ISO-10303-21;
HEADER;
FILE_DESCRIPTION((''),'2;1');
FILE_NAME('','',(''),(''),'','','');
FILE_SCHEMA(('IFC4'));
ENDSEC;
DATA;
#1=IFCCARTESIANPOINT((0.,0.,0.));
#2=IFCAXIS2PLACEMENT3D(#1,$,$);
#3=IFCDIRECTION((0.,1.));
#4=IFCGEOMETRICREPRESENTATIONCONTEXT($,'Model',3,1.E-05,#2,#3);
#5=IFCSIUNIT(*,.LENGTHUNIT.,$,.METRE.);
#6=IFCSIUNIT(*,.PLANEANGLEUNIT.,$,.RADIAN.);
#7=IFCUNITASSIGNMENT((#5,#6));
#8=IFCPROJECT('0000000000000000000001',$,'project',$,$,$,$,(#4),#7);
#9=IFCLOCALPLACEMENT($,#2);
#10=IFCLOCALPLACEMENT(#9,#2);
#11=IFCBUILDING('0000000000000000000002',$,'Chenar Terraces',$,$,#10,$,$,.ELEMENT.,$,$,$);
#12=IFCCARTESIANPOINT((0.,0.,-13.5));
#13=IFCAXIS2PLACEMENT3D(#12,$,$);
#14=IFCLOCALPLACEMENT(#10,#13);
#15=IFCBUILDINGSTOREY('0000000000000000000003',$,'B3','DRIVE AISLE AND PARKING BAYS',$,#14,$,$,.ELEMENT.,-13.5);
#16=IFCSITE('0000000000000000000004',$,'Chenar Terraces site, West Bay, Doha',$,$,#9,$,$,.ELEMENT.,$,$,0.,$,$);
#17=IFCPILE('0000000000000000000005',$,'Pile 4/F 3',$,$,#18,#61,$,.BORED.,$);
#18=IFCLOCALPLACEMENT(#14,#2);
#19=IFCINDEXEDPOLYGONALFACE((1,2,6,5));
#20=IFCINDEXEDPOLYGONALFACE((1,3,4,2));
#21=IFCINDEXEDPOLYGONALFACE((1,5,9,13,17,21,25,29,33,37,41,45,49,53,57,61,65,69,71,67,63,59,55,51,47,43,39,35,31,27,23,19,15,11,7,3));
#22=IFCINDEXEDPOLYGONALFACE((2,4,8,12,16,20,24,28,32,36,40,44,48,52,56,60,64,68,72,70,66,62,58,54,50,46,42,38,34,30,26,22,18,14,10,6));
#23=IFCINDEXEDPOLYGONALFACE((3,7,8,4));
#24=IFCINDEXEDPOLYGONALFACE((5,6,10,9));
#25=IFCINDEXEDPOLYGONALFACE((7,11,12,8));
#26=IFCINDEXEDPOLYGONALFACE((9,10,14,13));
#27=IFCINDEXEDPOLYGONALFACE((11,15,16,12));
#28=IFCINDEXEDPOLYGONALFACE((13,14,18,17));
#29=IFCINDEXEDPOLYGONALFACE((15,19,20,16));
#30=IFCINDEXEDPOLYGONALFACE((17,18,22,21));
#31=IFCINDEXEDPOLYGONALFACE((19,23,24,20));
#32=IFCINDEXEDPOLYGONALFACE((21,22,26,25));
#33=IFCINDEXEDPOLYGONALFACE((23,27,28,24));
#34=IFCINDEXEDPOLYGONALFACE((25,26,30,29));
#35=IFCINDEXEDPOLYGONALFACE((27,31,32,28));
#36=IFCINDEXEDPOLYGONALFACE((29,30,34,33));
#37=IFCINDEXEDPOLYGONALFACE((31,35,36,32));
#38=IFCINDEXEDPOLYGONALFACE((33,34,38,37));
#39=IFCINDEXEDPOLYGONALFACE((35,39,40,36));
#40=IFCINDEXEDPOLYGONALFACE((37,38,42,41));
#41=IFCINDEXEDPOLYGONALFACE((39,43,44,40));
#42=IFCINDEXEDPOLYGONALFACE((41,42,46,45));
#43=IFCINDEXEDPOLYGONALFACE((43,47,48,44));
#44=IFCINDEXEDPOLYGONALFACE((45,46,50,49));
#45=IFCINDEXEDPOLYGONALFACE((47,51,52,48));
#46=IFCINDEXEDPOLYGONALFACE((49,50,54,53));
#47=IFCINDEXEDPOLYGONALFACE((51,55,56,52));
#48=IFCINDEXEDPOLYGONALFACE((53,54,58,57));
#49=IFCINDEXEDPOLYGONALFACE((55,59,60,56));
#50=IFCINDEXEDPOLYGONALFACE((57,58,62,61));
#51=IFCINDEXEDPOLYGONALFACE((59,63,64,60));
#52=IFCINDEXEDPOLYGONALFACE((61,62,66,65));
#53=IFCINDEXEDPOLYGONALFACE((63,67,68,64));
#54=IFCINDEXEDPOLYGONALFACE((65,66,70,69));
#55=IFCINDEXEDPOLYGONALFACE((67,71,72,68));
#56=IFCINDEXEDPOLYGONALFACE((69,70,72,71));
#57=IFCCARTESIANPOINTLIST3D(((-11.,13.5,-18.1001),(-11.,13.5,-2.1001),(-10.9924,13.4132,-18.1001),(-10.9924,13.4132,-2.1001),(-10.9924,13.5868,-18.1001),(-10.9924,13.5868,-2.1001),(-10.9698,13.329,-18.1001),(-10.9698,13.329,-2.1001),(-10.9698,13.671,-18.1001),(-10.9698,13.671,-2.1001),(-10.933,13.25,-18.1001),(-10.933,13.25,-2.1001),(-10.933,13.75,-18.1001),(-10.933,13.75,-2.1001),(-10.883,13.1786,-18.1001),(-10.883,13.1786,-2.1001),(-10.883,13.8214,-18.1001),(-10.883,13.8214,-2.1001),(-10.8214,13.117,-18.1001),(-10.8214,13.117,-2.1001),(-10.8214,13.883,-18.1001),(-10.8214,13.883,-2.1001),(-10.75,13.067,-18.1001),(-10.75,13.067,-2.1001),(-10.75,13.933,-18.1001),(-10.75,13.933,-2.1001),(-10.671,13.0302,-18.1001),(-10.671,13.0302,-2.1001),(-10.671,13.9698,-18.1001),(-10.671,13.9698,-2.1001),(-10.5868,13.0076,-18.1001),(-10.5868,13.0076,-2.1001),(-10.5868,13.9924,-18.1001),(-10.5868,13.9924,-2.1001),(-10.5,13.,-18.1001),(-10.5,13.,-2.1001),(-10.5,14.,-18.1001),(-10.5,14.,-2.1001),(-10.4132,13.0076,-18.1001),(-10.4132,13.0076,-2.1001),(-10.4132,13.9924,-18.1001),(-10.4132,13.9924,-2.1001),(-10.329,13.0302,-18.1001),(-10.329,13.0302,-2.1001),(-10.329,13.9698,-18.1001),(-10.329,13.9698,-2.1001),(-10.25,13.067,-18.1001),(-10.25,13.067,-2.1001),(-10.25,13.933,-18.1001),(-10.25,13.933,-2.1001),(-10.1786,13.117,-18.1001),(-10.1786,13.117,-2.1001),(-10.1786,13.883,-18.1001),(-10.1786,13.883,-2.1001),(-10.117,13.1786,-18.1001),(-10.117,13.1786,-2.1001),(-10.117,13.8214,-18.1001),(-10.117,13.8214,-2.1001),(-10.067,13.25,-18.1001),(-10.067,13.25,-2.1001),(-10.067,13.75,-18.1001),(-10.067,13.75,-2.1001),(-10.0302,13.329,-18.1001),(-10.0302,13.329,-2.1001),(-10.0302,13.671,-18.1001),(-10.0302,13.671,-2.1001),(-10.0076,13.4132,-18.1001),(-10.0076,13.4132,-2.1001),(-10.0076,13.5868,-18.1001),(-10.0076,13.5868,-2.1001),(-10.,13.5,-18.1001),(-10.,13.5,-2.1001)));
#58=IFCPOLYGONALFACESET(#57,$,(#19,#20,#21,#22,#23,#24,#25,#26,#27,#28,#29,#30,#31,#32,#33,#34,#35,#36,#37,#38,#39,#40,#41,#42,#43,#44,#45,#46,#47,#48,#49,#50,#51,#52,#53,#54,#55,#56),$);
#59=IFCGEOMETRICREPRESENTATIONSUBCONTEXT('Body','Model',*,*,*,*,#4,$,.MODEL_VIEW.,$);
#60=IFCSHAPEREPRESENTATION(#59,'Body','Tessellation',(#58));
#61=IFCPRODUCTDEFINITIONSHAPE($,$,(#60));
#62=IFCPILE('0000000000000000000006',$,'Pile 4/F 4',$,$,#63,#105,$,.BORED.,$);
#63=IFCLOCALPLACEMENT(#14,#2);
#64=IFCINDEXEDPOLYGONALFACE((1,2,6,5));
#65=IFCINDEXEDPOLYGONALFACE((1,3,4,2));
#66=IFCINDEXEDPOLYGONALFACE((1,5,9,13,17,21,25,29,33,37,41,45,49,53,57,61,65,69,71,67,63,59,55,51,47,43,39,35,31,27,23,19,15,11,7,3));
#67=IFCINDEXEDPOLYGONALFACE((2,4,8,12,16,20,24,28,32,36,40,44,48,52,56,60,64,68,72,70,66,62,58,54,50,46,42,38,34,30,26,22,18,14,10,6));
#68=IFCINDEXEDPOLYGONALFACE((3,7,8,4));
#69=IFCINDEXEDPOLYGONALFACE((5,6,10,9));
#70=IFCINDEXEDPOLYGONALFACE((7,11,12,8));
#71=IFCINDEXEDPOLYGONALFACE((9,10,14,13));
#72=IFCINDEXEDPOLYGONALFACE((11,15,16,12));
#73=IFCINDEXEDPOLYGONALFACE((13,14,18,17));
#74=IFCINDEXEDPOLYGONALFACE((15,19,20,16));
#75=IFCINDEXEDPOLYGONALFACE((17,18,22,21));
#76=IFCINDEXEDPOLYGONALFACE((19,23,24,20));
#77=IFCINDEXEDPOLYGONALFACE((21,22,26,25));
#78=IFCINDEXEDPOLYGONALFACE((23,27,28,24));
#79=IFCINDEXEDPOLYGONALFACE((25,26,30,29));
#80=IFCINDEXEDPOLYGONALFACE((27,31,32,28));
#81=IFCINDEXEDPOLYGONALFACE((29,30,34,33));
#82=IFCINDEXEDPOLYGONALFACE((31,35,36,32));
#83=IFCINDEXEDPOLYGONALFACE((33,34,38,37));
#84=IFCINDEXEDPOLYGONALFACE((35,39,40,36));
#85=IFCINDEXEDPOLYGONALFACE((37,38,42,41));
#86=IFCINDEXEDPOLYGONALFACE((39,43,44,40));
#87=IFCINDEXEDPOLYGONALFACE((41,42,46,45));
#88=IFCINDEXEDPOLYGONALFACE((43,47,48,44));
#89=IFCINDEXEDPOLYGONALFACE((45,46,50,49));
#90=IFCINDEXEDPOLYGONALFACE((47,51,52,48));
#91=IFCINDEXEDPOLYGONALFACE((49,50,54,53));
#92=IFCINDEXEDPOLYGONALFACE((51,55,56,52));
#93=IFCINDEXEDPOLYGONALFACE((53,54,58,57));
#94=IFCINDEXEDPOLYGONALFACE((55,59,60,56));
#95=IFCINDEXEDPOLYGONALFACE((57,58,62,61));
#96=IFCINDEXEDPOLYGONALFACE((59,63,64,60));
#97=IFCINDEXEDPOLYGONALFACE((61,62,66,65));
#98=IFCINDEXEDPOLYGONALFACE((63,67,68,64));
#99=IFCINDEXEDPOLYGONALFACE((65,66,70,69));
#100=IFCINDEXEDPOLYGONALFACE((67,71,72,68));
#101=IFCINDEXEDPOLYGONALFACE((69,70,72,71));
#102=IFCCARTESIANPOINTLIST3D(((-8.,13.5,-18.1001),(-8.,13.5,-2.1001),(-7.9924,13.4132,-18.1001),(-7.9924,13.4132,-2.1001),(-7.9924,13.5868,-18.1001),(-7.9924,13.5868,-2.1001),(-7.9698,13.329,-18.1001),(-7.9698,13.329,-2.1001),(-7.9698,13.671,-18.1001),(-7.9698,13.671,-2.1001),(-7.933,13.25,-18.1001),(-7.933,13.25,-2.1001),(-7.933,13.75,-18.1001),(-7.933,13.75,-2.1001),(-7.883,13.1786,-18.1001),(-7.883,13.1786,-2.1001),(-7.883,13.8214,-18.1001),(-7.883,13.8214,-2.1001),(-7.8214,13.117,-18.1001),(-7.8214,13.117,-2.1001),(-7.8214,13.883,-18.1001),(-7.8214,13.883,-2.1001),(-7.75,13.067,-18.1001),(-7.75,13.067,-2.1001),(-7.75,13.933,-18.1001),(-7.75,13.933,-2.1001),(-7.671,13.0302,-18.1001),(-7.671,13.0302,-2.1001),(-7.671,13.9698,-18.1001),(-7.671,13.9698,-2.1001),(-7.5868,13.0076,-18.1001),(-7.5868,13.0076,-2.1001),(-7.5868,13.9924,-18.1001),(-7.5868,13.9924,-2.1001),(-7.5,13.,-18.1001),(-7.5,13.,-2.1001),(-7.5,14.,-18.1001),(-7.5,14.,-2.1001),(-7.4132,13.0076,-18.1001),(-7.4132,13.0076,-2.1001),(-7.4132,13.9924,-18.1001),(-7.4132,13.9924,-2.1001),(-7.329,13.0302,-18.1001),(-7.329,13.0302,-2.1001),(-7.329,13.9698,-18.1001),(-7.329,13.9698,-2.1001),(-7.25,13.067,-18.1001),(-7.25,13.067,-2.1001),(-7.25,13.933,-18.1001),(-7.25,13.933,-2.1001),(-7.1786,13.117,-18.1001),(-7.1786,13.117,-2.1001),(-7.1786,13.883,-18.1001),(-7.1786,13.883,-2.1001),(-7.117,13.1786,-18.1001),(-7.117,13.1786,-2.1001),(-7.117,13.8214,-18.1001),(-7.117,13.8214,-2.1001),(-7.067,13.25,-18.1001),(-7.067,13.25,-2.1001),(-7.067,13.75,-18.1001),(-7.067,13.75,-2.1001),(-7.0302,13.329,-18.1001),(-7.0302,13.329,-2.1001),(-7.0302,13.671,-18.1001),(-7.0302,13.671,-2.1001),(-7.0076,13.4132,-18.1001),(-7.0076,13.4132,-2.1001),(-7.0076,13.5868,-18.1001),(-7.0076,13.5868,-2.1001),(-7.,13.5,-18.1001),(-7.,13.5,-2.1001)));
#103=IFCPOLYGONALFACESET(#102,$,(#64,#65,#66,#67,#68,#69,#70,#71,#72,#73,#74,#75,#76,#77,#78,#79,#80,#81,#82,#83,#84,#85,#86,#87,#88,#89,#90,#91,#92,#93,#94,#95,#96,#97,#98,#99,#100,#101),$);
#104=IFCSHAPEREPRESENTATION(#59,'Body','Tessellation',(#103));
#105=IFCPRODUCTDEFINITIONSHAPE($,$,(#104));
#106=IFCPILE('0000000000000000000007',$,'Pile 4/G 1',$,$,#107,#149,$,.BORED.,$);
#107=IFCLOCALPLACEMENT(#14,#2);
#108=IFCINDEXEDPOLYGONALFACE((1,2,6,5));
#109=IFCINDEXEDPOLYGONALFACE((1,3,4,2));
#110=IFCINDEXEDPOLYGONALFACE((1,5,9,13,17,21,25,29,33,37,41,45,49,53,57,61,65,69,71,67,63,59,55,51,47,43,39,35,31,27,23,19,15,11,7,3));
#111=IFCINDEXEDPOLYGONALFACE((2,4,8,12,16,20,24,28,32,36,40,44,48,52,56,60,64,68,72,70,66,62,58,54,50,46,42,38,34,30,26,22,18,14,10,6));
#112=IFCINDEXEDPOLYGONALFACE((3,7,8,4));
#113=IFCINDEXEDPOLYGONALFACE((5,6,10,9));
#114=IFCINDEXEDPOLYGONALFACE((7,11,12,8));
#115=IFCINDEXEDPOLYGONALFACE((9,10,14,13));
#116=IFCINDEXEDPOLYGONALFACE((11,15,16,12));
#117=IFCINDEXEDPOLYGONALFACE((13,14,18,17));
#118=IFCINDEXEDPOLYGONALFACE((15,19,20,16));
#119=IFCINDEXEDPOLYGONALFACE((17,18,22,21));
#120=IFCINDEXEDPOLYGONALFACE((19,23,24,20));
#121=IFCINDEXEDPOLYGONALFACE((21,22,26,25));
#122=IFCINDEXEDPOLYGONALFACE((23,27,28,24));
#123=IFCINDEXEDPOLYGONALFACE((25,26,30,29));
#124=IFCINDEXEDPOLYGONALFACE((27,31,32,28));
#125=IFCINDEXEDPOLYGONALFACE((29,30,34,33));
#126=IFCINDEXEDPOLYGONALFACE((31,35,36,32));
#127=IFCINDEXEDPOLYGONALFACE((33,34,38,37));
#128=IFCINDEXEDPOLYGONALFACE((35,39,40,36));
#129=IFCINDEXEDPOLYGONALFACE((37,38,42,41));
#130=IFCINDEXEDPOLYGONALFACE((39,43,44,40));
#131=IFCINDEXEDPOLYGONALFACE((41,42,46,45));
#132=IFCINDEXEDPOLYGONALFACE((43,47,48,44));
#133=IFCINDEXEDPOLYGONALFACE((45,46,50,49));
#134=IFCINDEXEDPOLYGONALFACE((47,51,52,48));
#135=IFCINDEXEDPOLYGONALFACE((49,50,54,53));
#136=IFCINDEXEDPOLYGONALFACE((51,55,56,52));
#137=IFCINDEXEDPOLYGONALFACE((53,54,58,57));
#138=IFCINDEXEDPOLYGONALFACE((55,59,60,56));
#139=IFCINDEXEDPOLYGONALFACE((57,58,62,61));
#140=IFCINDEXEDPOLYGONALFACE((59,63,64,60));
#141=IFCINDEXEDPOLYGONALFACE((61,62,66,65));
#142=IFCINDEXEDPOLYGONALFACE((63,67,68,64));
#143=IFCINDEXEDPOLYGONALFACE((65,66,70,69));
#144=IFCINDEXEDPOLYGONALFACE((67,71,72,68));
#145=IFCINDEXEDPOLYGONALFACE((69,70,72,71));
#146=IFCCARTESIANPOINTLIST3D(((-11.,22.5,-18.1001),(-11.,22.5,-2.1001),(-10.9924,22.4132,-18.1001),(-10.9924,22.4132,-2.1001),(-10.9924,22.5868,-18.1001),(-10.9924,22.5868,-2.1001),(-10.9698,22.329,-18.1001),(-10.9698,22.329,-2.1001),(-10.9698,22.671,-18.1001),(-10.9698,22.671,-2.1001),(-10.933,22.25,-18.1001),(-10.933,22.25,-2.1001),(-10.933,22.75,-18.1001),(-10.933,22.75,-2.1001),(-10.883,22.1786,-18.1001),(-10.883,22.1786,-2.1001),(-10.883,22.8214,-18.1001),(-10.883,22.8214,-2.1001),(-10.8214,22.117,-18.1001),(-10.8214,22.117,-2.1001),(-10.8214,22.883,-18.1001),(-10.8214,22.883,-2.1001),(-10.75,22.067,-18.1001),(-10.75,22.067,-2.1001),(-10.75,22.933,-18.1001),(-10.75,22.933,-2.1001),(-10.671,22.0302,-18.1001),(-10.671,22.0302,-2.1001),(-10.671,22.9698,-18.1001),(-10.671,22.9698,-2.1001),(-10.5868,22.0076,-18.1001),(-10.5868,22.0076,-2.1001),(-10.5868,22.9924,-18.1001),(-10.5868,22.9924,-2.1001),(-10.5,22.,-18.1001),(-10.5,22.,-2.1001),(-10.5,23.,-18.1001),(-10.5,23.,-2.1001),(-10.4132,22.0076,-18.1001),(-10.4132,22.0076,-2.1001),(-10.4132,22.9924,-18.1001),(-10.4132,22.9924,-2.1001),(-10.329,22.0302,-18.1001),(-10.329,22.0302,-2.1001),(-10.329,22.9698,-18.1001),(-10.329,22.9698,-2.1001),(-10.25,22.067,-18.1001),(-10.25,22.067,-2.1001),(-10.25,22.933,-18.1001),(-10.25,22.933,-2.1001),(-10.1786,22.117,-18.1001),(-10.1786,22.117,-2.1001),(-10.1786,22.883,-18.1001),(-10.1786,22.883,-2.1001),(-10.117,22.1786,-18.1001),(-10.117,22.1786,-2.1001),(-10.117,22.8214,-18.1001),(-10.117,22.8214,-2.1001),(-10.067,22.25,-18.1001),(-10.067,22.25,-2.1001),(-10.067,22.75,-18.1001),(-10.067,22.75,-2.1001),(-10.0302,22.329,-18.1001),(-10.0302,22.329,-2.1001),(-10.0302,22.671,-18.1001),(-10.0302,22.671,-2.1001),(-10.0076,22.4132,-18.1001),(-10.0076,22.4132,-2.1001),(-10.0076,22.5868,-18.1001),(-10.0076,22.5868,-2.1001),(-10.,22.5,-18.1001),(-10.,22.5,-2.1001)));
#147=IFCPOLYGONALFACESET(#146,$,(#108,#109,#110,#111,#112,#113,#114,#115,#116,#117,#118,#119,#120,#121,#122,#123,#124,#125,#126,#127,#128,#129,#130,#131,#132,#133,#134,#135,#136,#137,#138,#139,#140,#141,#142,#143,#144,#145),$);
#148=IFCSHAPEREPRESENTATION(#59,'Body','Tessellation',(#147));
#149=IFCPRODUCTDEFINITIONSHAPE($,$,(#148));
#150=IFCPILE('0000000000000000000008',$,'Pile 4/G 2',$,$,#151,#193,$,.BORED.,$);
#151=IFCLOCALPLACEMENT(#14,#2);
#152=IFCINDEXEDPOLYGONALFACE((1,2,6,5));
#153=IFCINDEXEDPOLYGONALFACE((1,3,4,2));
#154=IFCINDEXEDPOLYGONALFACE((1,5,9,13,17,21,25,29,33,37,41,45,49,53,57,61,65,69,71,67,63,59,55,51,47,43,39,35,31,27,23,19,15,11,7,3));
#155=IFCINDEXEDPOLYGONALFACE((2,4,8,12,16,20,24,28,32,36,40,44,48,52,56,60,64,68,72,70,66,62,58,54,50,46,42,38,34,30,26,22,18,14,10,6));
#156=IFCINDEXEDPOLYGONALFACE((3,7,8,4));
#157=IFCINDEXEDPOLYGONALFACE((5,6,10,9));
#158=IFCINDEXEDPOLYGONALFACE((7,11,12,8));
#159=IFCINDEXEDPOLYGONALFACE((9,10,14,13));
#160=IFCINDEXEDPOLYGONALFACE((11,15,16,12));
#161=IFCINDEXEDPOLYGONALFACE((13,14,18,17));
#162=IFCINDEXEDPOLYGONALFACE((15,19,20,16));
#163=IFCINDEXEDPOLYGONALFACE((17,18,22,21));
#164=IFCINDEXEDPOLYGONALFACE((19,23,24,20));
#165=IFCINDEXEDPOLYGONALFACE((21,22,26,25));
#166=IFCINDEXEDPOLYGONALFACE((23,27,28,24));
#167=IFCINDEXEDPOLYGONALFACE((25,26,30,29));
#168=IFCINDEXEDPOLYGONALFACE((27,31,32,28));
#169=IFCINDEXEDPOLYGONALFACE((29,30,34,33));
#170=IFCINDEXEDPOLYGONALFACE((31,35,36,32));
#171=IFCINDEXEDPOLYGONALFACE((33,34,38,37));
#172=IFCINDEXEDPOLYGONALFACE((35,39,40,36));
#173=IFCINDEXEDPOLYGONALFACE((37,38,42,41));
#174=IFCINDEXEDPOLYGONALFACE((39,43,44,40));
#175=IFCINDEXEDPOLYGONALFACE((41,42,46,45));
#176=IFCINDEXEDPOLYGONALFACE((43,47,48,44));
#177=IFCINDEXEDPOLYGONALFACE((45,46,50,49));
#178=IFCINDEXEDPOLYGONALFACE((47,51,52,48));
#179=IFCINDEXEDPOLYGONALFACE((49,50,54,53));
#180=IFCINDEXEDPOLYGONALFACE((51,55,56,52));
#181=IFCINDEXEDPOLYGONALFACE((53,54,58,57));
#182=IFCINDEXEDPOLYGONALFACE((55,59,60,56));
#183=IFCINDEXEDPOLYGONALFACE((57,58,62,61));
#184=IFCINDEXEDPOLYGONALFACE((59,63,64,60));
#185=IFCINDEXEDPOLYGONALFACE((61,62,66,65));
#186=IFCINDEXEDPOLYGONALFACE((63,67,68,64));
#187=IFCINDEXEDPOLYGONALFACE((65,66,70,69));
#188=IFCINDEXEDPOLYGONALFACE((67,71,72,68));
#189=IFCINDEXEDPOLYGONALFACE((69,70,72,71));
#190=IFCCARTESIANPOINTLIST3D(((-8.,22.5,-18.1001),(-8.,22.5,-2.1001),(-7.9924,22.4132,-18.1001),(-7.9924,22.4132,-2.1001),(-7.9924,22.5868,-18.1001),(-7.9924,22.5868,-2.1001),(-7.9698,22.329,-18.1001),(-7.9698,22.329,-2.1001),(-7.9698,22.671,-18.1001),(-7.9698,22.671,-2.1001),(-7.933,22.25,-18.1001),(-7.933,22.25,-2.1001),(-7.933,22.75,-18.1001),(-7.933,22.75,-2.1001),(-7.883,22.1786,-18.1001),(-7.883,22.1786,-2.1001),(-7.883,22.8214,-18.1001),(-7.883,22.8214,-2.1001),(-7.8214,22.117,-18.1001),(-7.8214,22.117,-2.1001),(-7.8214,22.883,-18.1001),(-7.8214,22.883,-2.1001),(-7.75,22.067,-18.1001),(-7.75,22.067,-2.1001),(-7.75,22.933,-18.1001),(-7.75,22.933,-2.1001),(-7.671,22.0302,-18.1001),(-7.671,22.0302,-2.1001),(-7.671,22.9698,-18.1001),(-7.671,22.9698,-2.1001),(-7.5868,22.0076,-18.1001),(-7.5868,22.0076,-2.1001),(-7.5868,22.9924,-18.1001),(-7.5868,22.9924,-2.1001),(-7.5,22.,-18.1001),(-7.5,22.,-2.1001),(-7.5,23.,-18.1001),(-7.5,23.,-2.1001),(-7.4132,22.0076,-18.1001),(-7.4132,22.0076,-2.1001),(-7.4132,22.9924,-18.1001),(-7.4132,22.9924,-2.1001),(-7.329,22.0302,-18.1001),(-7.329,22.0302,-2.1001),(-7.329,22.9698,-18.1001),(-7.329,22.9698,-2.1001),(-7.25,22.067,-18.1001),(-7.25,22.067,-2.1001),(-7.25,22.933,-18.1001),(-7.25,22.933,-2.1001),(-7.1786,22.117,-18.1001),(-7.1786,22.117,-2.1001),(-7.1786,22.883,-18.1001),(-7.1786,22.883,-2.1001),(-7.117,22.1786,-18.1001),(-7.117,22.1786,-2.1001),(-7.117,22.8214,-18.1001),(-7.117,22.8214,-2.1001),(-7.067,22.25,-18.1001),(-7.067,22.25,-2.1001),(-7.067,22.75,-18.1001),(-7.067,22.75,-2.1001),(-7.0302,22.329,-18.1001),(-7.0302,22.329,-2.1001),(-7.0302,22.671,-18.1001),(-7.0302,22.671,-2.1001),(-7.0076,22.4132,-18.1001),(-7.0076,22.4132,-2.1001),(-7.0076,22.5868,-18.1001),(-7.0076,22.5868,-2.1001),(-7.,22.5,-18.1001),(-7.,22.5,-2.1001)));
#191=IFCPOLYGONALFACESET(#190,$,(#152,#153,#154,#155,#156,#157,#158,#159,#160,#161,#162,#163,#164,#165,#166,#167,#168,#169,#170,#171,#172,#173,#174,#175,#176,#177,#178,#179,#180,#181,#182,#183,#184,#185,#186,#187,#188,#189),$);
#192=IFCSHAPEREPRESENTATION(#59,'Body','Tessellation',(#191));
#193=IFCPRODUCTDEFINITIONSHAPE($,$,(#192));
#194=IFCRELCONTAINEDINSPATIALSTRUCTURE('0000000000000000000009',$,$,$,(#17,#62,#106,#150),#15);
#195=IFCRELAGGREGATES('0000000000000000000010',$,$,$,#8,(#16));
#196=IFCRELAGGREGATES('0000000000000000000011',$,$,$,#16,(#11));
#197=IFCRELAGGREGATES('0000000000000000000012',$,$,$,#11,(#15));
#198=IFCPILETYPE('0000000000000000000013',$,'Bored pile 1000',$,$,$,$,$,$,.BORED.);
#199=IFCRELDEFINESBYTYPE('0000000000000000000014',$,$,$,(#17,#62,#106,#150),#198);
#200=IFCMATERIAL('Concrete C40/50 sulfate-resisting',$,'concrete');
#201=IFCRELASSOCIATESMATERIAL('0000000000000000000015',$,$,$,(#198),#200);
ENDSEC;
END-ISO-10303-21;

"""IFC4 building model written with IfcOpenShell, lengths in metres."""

from ifc_helpers import new_model, si_unit, direction, frame, origin, origin_2d, place, context, subcontext, project, spatial, circle, extrude, material, material_profile, profile_set, type_object, element, save


model = new_model("IFC4")

# Units and contexts
model_context = context("Model", 3, precision=1e-05, world=origin(), true_north=direction((0.0, 1.0)))
body_context = subcontext(model_context, "Body", "Model", "MODEL_VIEW")
ifc_project = project(units=[si_unit("LENGTHUNIT", "METRE"), si_unit("PLANEANGLEUNIT", "RADIAN")], contexts=[model_context])

# Site, building, storey
site_placement = place(None, origin())
site = spatial("IfcSite", under=ifc_project, at=site_placement, Name="Chenar Terraces site, West Bay, Doha", CompositionType="ELEMENT", RefElevation=0.0)
building_placement = place(site_placement, origin())
building = spatial("IfcBuilding", under=site, at=building_placement, Name="Chenar Terraces", CompositionType="ELEMENT")
storey_placement = place(building_placement, frame((0.0, 0.0, -13.5)))
storey = spatial("IfcBuildingStorey", under=building, at=storey_placement, Name="B3", Description="DRIVE AISLE AND PARKING BAYS", CompositionType="ELEMENT", Elevation=-13.5)

# Piles
ifc_material_1 = material(Name="Concrete C40/50 sulfate-resisting", Category="concrete")
ifc_material_profile_1 = material_profile(ifc_material_1, circle(Radius=0.5, at=origin_2d()), Name="BP 1000")
ifc_profile_set_1 = profile_set([ifc_material_profile_1], Name="Concrete C40/50 sulfate-resisting")
pile_type_1 = type_object("IfcPileType", Name="Bored pile 1000", PredefinedType="BORED", material=ifc_profile_set_1)
for number, where, z_axis, x_axis, name in (
    (1, (-10.5, 13.5, -2.1001), (0.0, 0.0, -1.0), (1.0, 0.0, 0.0), "Pile 4/F 3"),
    (2, (-7.5, 13.5, -2.1001), (0.0, 0.0, -1.0), (1.0, 0.0, 0.0), "Pile 4/F 4"),
    (3, (-10.5, 22.5, -2.1001), (0.0, 0.0, -1.0), (1.0, 0.0, 0.0), "Pile 4/G 1"),
    (4, (-7.5, 22.5, -2.1001), (0.0, 0.0, -1.0), (1.0, 0.0, 0.0), "Pile 4/G 2"),
):
    element("IfcPile", number, at=place(storey_placement, frame(where, z_axis=z_axis, x_axis=x_axis)), inside=storey, type_object=pile_type_1, Name=name, PredefinedType="BORED", context=body_context, shape_type="SweptSolid", body=[
        extrude(circle(Radius=0.5, at=origin_2d()), origin(), (0.0, 0.0, 1.0), 16.0),
    ])

save(model, "model.ifc")
